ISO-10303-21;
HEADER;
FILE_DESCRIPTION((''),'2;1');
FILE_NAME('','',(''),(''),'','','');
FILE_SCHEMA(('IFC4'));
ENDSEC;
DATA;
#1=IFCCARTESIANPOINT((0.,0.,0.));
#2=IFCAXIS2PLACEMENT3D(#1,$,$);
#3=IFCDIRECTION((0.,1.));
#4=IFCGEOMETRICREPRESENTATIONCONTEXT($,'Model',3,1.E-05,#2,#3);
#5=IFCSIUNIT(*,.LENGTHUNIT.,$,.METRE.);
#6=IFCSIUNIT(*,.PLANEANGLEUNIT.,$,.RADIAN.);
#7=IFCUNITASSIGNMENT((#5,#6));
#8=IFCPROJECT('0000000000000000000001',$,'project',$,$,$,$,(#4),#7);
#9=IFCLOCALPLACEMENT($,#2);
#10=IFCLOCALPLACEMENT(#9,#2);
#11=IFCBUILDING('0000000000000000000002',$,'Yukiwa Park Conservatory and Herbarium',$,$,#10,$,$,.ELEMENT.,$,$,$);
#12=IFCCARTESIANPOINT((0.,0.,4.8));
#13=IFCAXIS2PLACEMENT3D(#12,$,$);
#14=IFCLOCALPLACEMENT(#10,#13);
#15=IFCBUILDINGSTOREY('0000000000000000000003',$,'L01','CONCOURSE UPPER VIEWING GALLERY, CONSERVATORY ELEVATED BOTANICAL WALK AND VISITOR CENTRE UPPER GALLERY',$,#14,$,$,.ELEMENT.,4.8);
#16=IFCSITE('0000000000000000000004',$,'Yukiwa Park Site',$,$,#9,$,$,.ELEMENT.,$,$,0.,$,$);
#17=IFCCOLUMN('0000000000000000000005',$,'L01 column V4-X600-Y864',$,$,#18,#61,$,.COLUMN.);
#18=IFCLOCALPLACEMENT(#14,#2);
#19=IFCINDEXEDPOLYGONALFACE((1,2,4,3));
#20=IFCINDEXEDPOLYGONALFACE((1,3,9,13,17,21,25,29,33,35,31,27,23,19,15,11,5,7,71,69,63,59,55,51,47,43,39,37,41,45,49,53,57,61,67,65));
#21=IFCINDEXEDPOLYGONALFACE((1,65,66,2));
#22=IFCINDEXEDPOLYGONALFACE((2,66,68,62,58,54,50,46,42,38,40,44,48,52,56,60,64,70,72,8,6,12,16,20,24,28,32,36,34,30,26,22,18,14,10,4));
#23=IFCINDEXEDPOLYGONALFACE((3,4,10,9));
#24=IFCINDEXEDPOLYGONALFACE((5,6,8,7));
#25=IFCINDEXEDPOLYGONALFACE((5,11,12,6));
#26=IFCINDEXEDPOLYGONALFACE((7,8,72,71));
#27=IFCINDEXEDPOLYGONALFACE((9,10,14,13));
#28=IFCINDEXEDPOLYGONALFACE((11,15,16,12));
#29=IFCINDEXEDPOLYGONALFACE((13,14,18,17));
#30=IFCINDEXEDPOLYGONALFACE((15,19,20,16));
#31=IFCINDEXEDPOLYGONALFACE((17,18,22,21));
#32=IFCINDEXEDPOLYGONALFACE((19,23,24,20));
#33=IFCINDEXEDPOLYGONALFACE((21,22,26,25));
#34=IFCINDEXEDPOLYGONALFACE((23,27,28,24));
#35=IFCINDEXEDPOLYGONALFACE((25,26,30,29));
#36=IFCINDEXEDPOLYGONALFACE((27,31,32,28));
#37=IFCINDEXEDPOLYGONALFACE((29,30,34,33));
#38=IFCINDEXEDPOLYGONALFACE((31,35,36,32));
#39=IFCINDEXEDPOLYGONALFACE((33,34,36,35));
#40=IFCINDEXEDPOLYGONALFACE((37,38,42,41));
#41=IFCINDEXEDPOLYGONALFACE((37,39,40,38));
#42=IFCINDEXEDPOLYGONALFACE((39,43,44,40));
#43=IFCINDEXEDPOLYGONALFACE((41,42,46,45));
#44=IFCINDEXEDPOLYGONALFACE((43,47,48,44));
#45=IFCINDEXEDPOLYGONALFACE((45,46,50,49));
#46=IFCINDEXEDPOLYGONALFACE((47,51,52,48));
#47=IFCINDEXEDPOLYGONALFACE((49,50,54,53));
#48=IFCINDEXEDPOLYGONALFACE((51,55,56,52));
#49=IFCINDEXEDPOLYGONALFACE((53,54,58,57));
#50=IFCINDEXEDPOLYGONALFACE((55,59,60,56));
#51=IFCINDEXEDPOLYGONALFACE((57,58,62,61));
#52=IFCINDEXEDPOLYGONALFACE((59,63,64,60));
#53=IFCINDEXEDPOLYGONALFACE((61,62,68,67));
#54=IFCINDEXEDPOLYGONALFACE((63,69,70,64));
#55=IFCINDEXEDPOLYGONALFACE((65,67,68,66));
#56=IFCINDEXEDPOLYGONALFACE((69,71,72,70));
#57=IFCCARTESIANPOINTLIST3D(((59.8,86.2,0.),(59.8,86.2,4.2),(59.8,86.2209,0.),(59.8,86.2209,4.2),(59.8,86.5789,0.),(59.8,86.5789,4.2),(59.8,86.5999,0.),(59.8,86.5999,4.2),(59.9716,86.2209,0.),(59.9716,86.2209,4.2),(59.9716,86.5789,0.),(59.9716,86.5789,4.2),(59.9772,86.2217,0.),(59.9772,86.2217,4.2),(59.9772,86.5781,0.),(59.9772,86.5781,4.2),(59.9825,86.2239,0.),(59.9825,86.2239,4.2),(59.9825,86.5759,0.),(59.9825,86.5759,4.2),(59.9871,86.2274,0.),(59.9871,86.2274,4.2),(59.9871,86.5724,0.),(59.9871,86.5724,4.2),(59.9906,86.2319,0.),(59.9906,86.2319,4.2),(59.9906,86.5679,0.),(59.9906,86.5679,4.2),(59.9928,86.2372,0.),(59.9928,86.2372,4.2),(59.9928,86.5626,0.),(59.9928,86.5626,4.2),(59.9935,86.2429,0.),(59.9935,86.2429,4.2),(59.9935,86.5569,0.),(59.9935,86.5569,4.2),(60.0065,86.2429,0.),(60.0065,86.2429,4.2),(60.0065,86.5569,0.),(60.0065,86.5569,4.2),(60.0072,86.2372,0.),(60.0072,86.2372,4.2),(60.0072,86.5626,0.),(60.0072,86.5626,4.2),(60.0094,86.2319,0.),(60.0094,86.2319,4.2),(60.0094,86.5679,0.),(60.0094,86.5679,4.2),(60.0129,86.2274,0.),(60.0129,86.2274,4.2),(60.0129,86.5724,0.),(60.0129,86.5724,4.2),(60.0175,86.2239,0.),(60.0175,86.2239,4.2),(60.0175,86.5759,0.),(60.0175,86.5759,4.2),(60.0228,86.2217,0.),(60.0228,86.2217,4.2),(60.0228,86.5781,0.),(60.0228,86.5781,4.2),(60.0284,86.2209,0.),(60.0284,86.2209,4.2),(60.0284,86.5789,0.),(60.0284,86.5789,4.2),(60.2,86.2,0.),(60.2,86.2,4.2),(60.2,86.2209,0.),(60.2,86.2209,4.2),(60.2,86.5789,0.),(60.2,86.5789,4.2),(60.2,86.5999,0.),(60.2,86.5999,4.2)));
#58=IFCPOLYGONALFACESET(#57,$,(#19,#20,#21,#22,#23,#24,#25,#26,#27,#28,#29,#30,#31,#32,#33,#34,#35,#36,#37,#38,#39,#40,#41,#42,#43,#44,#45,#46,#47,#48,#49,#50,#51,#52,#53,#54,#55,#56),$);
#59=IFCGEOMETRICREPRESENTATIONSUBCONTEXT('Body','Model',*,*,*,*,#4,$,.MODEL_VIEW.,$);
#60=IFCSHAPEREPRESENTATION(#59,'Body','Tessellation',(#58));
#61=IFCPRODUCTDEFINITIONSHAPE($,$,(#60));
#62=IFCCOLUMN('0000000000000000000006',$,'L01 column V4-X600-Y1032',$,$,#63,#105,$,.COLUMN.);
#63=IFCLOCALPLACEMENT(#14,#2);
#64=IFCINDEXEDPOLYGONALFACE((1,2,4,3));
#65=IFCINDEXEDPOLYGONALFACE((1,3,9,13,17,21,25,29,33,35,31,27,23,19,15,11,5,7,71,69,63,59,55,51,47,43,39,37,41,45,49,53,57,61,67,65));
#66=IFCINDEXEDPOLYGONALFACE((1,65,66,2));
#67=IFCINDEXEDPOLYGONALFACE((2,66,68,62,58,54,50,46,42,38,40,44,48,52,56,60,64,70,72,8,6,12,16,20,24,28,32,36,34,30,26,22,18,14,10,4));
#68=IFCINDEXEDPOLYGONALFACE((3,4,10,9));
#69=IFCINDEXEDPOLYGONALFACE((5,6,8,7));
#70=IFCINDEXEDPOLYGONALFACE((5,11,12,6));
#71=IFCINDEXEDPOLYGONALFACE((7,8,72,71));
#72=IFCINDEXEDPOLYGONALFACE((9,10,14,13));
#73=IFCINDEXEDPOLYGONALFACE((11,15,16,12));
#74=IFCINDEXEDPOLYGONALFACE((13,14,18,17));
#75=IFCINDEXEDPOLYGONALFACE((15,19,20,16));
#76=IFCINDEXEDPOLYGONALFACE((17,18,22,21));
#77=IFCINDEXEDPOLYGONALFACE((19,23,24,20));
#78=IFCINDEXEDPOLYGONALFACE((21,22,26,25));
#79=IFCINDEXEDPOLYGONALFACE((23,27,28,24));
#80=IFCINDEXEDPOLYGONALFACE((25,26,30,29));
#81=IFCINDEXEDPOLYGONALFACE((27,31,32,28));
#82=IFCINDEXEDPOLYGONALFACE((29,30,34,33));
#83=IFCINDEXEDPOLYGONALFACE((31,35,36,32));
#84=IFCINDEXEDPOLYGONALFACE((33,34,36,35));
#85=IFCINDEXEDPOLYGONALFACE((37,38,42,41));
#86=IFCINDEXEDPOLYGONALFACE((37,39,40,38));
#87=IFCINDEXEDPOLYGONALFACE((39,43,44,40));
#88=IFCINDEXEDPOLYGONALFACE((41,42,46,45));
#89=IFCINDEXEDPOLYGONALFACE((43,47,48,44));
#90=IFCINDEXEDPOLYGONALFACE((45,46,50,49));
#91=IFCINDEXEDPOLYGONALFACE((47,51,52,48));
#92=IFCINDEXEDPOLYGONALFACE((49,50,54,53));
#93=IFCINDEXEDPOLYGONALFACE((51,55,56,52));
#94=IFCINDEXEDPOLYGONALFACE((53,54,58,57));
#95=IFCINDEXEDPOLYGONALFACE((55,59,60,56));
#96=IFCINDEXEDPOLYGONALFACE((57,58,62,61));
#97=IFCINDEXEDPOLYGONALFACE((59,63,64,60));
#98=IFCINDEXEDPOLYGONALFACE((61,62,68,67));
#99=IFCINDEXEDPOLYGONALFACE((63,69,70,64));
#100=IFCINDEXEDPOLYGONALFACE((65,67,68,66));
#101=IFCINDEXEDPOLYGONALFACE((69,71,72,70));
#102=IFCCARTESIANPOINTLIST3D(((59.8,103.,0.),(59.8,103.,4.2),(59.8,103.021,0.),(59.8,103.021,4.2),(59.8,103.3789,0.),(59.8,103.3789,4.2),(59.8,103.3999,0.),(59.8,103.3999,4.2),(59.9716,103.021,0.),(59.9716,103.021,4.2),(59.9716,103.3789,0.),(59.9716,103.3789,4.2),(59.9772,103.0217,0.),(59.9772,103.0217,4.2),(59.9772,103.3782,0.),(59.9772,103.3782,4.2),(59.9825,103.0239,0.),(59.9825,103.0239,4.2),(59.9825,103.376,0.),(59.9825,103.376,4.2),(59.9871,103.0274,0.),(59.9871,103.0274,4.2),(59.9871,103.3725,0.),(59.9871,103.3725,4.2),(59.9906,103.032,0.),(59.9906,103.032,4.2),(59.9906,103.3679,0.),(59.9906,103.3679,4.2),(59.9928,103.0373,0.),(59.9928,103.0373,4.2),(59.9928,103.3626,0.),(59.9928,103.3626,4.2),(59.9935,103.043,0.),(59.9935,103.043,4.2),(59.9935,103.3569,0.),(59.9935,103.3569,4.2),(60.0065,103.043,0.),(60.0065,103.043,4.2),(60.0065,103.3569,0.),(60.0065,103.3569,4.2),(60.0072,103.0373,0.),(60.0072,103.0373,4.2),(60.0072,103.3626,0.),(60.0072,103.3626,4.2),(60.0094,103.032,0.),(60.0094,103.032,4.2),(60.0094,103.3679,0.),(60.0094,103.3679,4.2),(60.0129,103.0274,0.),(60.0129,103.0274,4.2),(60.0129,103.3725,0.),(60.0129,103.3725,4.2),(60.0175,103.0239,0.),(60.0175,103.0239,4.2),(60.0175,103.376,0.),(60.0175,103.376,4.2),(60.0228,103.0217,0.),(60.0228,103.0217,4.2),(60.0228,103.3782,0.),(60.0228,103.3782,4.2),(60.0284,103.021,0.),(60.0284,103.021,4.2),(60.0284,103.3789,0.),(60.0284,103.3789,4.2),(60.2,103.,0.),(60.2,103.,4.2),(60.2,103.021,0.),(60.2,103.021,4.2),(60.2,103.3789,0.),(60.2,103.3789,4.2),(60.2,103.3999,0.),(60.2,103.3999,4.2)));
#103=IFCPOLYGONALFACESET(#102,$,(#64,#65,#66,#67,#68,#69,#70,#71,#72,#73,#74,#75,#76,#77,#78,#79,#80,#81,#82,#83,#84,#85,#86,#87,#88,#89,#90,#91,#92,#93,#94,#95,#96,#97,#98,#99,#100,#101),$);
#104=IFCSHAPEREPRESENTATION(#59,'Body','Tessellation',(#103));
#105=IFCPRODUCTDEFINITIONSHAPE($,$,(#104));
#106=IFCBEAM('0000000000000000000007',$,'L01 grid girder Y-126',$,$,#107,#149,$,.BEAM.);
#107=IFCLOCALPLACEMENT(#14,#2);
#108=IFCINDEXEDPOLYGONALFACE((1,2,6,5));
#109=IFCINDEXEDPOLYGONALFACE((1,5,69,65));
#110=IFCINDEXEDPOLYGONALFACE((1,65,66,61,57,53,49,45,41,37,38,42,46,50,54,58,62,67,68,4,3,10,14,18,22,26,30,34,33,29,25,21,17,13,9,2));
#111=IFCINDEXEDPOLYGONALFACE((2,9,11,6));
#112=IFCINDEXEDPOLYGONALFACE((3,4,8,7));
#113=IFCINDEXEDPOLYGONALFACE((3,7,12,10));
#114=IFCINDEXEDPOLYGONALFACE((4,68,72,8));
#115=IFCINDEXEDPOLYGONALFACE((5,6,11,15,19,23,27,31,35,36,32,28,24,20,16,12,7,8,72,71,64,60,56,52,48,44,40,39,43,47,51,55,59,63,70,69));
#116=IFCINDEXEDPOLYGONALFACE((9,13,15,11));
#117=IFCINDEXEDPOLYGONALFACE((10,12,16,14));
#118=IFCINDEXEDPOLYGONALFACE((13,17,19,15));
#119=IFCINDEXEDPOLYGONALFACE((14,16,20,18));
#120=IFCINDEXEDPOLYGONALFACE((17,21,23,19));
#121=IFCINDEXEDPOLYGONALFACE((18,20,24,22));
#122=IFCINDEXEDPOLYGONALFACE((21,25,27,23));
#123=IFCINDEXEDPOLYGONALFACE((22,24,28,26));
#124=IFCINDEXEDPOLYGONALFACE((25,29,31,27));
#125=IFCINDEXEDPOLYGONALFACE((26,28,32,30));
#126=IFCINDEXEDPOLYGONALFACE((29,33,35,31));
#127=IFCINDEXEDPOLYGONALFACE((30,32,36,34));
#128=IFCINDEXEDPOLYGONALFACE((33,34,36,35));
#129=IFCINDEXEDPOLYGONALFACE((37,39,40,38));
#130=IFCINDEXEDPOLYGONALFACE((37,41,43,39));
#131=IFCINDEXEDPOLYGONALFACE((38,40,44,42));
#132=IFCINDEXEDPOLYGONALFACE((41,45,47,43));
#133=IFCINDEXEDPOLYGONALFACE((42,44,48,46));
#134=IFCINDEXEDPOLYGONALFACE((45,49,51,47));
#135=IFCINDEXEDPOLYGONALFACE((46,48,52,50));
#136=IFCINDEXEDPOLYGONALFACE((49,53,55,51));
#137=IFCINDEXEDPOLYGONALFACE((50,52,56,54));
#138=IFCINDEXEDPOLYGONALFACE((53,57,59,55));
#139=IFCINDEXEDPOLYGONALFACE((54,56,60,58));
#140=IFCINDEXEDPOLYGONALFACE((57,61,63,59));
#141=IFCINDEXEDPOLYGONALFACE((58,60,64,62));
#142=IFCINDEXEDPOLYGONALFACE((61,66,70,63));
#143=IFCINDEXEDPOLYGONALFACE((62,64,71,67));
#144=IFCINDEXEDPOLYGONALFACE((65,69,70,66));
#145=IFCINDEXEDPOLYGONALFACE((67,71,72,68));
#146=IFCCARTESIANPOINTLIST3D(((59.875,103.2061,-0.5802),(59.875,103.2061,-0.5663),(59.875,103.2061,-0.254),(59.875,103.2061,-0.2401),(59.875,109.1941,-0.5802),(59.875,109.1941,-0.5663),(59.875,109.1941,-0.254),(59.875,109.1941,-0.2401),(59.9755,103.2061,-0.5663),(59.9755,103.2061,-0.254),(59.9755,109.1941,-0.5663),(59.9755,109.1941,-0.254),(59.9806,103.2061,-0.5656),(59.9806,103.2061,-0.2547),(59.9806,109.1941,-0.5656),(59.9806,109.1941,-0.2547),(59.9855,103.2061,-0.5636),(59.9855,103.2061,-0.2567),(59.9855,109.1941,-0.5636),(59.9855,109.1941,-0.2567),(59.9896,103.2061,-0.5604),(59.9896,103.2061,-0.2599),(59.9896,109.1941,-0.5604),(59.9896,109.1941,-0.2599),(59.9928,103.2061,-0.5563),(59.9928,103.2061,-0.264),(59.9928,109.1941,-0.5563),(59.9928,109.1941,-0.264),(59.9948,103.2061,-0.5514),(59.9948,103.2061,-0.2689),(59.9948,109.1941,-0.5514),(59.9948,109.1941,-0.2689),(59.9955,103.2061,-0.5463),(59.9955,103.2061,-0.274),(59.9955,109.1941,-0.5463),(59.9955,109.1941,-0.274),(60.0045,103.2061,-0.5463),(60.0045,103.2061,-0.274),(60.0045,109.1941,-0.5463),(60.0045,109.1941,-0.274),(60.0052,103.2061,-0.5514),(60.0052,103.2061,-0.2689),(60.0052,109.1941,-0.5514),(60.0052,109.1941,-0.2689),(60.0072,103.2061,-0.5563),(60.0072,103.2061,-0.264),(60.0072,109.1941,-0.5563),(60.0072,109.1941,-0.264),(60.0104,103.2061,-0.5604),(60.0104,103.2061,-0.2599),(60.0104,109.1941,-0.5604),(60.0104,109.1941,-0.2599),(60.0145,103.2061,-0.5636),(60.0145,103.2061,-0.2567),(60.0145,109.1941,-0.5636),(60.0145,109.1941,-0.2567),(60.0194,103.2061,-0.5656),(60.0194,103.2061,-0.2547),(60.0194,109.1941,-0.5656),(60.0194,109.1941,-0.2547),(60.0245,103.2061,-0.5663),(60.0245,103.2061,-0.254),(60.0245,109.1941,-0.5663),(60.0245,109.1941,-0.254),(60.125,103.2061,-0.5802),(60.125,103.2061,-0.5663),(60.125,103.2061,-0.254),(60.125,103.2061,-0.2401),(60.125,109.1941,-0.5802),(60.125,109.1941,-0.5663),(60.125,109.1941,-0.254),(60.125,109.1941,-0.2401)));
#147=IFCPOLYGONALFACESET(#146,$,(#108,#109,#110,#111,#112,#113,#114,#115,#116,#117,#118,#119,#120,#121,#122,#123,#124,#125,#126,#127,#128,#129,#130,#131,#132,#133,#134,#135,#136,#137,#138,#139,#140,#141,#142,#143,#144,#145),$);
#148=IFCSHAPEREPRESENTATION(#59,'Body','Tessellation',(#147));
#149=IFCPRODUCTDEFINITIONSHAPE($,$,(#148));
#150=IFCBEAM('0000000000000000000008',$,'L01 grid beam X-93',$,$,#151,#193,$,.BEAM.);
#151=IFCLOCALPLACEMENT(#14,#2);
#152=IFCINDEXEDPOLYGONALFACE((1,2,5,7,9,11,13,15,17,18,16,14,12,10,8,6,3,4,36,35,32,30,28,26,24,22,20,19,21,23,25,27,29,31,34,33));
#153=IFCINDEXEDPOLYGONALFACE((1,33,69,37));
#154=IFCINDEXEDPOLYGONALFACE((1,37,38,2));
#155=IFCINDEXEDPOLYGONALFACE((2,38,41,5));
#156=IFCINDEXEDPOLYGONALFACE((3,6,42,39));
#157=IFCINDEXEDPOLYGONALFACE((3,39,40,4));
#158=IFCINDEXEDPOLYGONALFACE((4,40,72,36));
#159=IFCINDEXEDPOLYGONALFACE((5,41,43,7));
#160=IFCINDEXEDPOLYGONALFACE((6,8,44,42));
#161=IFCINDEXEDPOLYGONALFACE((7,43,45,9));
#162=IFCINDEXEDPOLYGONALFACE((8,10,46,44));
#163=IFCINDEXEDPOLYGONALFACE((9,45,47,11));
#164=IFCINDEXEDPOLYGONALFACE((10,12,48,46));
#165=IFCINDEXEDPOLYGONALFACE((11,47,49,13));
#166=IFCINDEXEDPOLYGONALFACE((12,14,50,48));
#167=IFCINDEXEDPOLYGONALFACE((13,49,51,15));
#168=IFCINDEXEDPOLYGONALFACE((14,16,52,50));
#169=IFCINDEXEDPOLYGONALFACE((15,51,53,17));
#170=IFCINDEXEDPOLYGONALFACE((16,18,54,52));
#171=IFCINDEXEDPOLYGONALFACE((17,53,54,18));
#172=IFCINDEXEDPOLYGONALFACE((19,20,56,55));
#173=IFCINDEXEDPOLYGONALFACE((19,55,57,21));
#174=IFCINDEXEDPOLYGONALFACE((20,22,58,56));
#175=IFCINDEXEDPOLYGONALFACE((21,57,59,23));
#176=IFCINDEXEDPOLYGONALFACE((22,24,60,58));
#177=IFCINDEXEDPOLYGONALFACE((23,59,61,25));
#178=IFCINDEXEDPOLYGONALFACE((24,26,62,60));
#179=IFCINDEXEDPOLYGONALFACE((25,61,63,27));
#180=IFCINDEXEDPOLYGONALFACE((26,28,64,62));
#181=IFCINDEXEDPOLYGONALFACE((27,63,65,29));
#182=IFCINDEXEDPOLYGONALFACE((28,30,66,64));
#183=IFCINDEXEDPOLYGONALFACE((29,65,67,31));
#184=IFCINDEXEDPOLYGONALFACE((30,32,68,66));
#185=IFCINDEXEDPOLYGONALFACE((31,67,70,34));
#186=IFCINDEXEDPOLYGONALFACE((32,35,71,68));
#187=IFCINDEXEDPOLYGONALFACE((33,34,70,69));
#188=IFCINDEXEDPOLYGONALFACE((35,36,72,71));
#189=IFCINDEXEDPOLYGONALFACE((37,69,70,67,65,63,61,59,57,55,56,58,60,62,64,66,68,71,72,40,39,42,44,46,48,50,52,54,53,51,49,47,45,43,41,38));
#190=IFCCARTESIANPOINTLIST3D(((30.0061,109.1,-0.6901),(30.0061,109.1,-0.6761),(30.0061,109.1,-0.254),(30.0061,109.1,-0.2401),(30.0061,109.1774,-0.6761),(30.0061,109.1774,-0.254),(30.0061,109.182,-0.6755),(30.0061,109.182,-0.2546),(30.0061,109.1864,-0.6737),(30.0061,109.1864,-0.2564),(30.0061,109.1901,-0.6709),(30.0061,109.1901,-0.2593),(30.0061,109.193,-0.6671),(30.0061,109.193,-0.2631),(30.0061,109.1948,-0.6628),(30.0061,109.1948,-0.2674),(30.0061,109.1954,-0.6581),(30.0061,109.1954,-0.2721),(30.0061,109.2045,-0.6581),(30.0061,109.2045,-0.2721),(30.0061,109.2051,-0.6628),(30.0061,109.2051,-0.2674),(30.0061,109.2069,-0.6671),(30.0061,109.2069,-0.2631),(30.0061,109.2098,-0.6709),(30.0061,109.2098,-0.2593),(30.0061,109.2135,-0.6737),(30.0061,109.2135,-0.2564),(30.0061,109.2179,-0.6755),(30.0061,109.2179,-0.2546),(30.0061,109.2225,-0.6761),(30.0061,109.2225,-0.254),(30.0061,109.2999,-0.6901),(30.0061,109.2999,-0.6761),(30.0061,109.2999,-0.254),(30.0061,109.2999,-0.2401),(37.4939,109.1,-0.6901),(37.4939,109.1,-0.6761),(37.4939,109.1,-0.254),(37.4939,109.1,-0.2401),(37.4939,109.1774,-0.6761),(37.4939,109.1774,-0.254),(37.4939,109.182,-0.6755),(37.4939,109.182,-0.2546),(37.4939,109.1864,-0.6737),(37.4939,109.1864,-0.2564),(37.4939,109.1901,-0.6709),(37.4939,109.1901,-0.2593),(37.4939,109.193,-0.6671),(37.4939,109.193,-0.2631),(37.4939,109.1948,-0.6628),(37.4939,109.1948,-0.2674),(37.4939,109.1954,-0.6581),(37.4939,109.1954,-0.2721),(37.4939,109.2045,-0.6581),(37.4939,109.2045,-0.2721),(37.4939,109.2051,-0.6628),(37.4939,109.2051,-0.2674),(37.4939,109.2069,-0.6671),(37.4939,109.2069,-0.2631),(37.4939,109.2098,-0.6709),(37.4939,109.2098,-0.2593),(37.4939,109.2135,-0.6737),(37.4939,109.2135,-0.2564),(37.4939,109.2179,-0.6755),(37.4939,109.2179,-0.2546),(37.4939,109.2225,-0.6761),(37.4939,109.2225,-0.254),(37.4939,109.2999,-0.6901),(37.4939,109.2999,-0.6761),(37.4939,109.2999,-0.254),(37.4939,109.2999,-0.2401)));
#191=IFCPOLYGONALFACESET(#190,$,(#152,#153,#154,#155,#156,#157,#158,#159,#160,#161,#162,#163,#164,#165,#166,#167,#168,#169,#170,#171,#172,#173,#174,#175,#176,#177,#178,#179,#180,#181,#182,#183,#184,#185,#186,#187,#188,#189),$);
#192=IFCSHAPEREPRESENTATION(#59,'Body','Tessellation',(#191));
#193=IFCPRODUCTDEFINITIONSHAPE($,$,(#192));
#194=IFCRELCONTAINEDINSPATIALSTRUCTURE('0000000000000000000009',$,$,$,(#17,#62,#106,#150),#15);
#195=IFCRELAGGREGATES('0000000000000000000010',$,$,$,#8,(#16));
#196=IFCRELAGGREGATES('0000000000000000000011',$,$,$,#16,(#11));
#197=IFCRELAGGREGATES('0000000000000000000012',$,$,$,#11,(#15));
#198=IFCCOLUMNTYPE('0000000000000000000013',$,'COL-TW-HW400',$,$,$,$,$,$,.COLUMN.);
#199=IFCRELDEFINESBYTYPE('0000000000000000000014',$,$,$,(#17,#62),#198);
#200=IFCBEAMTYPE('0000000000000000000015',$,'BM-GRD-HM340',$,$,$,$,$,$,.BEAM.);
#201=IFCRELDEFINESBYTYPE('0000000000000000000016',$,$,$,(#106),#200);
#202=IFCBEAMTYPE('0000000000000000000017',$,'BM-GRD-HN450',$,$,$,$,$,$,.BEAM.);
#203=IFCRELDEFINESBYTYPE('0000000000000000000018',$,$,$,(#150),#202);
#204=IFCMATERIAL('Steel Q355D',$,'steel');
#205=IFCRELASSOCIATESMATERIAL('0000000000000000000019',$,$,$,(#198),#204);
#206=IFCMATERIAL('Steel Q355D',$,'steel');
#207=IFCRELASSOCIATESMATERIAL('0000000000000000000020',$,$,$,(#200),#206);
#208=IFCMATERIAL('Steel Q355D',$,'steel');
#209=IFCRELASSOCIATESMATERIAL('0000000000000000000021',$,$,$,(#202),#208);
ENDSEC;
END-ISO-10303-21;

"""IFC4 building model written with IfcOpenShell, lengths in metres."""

from ifc_helpers import new_model, si_unit, direction, frame, origin, origin_2d, place, context, subcontext, project, spatial, i_section, extrude, material, material_profile, profile_set, type_object, element, save


model = new_model("IFC4")

# Units and contexts
model_context = context("Model", 3, precision=1e-05, world=origin(), true_north=direction((0.0, 1.0)))
body_context = subcontext(model_context, "Body", "Model", "MODEL_VIEW")
ifc_project = project(units=[si_unit("LENGTHUNIT", "METRE"), si_unit("PLANEANGLEUNIT", "RADIAN")], contexts=[model_context])

# Site, building, storey
site_placement = place(None, origin())
site = spatial("IfcSite", under=ifc_project, at=site_placement, Name="Yukiwa Park Site", CompositionType="ELEMENT", RefElevation=0.0)
building_placement = place(site_placement, origin())
building = spatial("IfcBuilding", under=site, at=building_placement, Name="Yukiwa Park Conservatory and Herbarium", CompositionType="ELEMENT")
storey_placement = place(building_placement, frame((0.0, 0.0, 4.8)))
storey = spatial("IfcBuildingStorey", under=building, at=storey_placement, Name="L01", Description="CONCOURSE UPPER VIEWING GALLERY, CONSERVATORY ELEVATED BOTANICAL WALK AND VISITOR CENTRE UPPER GALLERY", CompositionType="ELEMENT", Elevation=4.8)

# Columns
ifc_material_1 = material(Name="Steel Q355D", Category="steel")
ifc_material_profile_1 = material_profile(ifc_material_1, i_section(OverallWidth=0.3999, OverallDepth=0.3999, WebThickness=0.0129, FlangeThickness=0.021, FilletRadius=0.022, at=origin_2d()), Name="HW 400x400x13x21")
ifc_profile_set_1 = profile_set([ifc_material_profile_1], Name="Steel Q355D")
column_type_1 = type_object("IfcColumnType", Name="COL-TW-HW400", PredefinedType="COLUMN", material=ifc_profile_set_1)
for number, where, z_axis, x_axis, name in (
    (1, (60.0, 86.3999, 0.0), (0.0, 0.0, 1.0), (1.0, 0.0, 0.0), "L01 column V4-X600-Y864"),
    (2, (60.0, 103.2, 0.0), (0.0, 0.0, 1.0), (1.0, 0.0, 0.0), "L01 column V4-X600-Y1032"),
):
    element("IfcColumn", number, at=place(storey_placement, frame(where, z_axis=z_axis, x_axis=x_axis)), inside=storey, type_object=column_type_1, Name=name, PredefinedType="COLUMN", context=body_context, shape_type="SweptSolid", body=[
        extrude(i_section(OverallWidth=0.3999, OverallDepth=0.3999, WebThickness=0.0129, FlangeThickness=0.021, FilletRadius=0.022, at=origin_2d()), origin(), (0.0, 0.0, 1.0), 4.2),
    ])

# Beams
ifc_material_2 = material(Name="Steel Q355D", Category="steel")
ifc_material_profile_2 = material_profile(ifc_material_2, i_section(OverallWidth=0.25, OverallDepth=0.3401, WebThickness=0.009, FlangeThickness=0.0139, FilletRadius=0.02, at=origin_2d()), Name="HM 340x250x9x14")
ifc_profile_set_2 = profile_set([ifc_material_profile_2], Name="Steel Q355D")
beam_type_1 = type_object("IfcBeamType", Name="BM-GRD-HM340", PredefinedType="BEAM", material=ifc_profile_set_2)
beam_1_placement = place(storey_placement, frame((60.0, 103.2061, -0.4102), z_axis=(0.0, 1.0, 0.0), x_axis=(-1.0, 0.0, 0.0)))
element("IfcBeam", 3, at=beam_1_placement, inside=storey, type_object=beam_type_1, Name="L01 grid girder Y-126", PredefinedType="BEAM", context=body_context, shape_type="SweptSolid", body=[
    extrude(i_section(OverallWidth=0.25, OverallDepth=0.3401, WebThickness=0.009, FlangeThickness=0.0139, FilletRadius=0.02, at=origin_2d()), origin(), (0.0, 0.0, 1.0), 5.988),
])
ifc_material_3 = material(Name="Steel Q355D", Category="steel")
ifc_material_profile_3 = material_profile(ifc_material_3, i_section(OverallWidth=0.2, OverallDepth=0.45, WebThickness=0.009, FlangeThickness=0.0139, FilletRadius=0.0181, at=origin_2d()), Name="HN 450x200x9x14")
ifc_profile_set_3 = profile_set([ifc_material_profile_3], Name="Steel Q355D")
beam_type_2 = type_object("IfcBeamType", Name="BM-GRD-HN450", PredefinedType="BEAM", material=ifc_profile_set_3)
for number, where, z_axis, x_axis, name in (
    (4, (30.0061, 109.2, -0.4651), (1.0, 0.0, 0.0), (0.0, 1.0, 0.0), "L01 grid beam X-93"),
):
    element("IfcBeam", number, at=place(storey_placement, frame(where, z_axis=z_axis, x_axis=x_axis)), inside=storey, type_object=beam_type_2, Name=name, PredefinedType="BEAM", context=body_context, shape_type="SweptSolid", body=[
        extrude(i_section(OverallWidth=0.2, OverallDepth=0.45, WebThickness=0.009, FlangeThickness=0.0139, FilletRadius=0.0181, at=origin_2d()), origin(), (0.0, 0.0, 1.0), 7.4878),
    ])

save(model, "model.ifc")
